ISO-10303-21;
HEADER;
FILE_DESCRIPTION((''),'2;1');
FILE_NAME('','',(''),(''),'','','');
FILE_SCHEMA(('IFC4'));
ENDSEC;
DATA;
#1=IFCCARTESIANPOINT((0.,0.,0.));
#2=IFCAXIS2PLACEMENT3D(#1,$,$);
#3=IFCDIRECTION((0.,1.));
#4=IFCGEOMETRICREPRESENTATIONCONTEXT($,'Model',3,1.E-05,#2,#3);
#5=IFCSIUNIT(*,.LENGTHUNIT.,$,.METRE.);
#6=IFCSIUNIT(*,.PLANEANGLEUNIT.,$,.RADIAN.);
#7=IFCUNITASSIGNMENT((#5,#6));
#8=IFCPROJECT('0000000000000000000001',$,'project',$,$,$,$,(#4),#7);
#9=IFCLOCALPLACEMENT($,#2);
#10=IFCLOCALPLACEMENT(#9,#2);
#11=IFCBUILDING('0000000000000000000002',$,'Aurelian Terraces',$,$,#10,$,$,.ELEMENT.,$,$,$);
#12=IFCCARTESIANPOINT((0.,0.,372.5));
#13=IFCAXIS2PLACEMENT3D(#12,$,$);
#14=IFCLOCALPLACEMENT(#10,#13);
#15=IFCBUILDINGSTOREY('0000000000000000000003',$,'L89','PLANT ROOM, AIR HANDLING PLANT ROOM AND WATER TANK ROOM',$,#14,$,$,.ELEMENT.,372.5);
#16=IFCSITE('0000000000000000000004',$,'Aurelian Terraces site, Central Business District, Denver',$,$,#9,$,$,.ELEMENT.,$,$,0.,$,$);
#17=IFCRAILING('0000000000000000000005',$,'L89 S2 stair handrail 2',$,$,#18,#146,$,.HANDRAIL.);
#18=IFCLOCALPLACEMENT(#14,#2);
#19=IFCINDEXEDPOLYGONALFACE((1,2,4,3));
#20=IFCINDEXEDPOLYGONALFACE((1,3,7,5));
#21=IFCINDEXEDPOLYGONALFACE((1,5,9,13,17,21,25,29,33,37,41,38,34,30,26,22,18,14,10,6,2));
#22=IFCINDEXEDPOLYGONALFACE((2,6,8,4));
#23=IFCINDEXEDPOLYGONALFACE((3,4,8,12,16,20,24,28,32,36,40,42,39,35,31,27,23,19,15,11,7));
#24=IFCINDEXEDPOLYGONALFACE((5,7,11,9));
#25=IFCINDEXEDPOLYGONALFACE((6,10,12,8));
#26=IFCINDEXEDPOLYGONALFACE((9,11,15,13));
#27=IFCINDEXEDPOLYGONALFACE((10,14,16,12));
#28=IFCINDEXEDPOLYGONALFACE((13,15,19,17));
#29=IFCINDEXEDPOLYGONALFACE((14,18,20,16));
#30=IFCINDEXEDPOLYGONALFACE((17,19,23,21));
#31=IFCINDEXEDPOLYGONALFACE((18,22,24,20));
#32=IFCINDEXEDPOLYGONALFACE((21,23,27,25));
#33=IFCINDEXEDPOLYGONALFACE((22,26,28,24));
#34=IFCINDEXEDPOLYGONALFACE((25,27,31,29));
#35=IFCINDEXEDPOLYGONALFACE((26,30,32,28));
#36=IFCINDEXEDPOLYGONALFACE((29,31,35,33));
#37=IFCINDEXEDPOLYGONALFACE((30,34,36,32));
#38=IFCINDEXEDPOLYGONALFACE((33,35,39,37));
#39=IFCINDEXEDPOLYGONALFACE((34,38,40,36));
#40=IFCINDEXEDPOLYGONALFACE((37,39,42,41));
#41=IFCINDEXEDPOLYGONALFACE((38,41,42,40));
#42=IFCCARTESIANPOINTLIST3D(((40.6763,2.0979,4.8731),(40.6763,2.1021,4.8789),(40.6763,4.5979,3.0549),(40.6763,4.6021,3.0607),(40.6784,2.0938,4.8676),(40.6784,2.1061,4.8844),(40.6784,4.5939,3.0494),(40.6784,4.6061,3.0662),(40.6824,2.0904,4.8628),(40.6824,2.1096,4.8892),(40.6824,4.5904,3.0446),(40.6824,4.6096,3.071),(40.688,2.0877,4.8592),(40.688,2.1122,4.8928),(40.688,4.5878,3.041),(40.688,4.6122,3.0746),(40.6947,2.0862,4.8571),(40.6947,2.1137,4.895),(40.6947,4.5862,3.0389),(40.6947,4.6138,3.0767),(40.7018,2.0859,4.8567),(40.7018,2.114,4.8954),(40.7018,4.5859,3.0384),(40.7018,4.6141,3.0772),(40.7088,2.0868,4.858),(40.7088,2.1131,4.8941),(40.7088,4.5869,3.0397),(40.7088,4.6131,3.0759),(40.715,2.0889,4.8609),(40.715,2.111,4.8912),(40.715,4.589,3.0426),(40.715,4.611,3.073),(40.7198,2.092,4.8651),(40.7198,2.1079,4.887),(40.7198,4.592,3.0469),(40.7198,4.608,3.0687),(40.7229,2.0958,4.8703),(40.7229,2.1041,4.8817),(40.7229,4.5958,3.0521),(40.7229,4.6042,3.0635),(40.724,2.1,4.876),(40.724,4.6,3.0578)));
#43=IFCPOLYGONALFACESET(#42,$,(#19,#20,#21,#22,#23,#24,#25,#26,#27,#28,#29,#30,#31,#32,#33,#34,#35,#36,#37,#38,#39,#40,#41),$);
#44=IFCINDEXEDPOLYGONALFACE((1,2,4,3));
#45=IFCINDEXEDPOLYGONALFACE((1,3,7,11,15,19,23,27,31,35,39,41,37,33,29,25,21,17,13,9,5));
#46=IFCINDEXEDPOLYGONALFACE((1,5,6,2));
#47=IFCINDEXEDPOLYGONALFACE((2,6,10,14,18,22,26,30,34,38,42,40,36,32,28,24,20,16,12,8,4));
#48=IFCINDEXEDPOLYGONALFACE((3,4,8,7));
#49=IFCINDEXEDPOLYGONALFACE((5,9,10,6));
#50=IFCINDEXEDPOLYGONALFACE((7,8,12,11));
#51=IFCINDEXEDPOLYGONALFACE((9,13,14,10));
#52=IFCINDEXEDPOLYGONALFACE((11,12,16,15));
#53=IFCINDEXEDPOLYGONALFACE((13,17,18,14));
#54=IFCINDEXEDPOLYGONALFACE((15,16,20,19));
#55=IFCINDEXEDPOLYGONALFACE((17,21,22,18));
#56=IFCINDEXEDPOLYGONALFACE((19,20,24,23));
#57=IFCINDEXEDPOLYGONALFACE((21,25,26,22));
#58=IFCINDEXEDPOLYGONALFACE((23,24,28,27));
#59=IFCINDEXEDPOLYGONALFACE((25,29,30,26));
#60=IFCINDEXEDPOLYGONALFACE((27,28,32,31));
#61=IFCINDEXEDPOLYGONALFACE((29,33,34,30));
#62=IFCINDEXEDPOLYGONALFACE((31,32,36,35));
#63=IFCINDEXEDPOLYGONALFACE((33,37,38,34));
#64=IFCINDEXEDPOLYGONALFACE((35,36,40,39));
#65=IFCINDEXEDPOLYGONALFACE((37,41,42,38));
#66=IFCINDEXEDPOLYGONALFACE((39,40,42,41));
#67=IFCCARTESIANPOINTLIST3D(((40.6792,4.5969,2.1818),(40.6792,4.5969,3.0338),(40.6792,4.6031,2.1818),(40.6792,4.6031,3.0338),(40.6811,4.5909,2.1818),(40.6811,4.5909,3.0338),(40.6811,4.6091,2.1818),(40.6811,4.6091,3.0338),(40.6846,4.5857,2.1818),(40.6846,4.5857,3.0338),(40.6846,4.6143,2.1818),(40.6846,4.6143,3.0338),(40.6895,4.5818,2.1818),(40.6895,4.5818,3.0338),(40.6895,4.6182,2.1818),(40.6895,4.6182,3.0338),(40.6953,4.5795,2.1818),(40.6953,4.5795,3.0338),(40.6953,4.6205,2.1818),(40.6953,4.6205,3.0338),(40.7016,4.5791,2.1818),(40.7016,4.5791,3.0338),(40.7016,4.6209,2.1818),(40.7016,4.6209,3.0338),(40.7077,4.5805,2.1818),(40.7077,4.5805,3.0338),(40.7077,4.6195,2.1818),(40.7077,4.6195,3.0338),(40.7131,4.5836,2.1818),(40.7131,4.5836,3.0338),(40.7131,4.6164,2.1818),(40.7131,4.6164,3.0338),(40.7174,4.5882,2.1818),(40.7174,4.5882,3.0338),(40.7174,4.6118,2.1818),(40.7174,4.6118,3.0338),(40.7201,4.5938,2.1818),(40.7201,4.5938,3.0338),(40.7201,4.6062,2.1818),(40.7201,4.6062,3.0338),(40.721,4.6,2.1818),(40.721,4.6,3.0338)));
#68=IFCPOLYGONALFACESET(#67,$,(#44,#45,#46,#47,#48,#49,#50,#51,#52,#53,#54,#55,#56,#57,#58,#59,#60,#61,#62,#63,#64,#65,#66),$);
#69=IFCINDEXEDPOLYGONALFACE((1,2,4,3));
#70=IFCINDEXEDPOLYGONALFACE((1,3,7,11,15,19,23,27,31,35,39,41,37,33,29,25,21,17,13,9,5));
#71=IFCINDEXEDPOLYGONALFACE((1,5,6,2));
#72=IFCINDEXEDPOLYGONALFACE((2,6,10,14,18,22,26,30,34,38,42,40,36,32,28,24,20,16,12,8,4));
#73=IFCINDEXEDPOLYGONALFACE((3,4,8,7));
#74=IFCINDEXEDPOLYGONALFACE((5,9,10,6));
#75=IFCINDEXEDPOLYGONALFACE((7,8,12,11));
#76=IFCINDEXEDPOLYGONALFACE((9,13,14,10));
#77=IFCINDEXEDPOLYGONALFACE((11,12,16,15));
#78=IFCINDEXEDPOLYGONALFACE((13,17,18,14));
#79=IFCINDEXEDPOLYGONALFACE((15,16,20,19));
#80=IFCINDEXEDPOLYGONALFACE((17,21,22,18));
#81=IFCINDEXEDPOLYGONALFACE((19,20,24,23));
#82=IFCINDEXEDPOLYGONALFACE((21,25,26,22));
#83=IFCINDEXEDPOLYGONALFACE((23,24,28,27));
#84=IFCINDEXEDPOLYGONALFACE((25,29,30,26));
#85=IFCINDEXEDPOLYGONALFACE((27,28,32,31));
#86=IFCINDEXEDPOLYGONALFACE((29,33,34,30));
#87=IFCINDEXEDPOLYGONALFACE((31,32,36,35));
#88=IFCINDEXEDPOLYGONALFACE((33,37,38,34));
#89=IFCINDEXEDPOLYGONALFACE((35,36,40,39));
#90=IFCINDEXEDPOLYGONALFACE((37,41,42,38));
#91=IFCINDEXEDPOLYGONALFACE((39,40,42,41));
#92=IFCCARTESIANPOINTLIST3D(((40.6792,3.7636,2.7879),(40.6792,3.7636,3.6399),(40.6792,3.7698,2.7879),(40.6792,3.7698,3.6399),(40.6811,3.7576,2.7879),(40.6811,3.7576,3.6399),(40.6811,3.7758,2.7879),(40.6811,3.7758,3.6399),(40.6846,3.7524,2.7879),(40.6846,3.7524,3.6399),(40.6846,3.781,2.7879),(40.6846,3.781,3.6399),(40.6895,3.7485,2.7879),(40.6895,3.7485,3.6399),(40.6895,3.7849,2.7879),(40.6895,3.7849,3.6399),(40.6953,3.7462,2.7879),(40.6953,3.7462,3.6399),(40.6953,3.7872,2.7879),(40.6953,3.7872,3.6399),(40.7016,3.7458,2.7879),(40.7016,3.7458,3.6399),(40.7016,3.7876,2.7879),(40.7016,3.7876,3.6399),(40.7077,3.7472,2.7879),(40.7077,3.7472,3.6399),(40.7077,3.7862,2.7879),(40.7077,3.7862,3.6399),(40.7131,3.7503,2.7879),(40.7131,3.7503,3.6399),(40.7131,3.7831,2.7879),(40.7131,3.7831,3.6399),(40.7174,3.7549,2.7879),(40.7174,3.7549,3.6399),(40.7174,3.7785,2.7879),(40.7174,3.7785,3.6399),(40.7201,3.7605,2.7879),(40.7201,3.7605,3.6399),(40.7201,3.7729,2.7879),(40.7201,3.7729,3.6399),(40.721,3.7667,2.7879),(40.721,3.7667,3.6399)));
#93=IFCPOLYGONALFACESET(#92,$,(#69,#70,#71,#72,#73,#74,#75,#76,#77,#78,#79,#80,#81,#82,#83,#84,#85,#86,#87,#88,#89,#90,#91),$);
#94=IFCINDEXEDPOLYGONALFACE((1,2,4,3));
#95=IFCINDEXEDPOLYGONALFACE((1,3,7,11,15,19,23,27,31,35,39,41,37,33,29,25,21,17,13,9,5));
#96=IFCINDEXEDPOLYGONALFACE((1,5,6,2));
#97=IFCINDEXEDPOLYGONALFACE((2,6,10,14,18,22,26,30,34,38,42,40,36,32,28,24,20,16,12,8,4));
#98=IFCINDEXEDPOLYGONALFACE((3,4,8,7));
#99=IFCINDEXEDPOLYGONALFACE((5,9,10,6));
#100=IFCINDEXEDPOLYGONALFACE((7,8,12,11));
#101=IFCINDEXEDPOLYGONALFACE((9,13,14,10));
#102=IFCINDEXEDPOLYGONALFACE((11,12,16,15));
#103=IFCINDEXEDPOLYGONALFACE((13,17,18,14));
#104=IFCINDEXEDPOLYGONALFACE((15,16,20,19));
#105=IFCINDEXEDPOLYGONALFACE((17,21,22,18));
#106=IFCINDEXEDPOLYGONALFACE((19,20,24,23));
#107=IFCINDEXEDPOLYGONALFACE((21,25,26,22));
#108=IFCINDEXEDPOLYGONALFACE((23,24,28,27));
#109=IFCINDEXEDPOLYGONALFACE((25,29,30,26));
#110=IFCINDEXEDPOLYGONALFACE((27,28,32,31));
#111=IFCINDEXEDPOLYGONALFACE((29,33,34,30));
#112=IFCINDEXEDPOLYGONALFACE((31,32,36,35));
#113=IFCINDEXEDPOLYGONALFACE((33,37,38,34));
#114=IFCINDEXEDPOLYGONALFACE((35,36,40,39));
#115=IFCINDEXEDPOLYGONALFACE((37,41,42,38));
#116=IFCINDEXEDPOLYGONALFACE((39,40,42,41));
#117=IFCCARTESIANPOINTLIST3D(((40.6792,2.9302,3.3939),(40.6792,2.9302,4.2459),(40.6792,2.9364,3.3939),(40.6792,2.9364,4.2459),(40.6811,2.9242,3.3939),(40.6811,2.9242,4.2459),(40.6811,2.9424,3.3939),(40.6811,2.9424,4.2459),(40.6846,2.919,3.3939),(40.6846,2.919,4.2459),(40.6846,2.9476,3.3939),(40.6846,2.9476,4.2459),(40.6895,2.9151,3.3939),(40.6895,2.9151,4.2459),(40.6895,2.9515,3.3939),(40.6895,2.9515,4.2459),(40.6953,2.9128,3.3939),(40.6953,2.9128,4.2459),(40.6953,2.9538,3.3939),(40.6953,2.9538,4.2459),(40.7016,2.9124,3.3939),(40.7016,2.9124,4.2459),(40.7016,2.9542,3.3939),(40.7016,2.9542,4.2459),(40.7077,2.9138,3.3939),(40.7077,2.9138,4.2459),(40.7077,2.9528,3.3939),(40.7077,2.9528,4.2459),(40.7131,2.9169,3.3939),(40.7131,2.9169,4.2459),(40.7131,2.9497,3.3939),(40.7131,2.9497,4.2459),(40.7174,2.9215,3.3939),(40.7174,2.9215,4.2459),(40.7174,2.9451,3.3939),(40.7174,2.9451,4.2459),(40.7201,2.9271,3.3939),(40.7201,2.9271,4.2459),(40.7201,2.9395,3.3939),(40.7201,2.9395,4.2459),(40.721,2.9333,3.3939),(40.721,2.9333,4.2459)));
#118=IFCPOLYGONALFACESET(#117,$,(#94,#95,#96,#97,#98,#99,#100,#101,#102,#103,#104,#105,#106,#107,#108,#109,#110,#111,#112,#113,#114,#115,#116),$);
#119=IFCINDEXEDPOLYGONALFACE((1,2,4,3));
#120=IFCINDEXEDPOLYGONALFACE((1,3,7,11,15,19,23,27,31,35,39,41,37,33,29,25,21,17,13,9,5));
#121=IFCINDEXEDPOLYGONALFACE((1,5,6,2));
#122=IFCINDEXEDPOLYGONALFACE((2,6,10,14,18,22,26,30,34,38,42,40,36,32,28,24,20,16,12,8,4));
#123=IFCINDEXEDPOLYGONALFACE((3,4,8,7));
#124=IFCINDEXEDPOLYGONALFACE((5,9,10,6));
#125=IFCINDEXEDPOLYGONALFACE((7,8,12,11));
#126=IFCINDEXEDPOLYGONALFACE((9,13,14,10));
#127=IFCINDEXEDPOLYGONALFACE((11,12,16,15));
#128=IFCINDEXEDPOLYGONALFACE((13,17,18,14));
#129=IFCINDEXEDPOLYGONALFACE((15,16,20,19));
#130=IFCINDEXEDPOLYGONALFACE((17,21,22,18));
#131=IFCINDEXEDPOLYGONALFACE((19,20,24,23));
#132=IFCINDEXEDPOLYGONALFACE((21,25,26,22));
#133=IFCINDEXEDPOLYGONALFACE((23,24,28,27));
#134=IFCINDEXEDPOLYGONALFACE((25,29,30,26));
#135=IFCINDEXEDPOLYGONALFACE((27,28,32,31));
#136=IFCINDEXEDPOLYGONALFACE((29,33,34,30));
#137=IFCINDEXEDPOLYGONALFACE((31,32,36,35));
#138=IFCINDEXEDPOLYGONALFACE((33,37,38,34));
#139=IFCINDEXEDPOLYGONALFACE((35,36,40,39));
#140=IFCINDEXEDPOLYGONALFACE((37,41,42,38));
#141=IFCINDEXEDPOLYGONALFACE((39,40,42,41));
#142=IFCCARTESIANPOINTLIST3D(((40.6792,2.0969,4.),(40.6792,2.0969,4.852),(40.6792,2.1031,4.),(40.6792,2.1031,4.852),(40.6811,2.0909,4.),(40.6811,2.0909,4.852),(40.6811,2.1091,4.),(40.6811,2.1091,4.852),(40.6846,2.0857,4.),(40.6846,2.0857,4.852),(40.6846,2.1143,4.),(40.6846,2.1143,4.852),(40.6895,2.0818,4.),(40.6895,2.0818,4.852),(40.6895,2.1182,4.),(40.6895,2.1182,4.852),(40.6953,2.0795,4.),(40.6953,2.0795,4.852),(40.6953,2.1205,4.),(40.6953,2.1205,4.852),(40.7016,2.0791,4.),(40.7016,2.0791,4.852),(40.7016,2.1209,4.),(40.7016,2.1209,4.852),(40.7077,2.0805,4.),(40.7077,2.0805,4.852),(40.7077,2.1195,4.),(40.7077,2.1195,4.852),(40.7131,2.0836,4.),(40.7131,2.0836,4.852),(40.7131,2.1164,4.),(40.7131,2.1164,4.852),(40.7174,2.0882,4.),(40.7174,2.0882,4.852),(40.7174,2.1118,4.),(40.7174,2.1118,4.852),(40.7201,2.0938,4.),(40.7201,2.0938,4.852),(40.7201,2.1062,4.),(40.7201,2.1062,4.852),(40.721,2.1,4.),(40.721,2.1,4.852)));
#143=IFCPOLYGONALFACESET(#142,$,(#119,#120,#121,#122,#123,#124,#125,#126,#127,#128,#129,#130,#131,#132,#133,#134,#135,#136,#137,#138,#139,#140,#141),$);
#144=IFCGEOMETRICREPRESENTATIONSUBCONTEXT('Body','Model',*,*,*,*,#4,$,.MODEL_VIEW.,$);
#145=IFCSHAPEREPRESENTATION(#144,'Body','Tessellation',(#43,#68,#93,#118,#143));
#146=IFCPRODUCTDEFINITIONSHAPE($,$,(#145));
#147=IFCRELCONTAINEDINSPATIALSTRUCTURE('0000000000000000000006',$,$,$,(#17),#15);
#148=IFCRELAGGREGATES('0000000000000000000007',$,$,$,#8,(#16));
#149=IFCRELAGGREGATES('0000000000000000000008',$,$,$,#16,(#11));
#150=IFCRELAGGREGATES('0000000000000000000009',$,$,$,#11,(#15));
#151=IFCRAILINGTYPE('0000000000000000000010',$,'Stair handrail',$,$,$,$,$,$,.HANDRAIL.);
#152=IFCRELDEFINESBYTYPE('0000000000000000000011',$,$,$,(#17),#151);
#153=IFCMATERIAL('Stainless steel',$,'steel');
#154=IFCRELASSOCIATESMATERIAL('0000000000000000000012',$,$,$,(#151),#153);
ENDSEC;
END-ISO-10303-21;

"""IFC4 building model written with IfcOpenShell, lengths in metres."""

from ifc_helpers import new_model, si_unit, direction, frame, origin, origin_2d, place, context, subcontext, project, spatial, circle, extrude, source, transform, mapped, material, type_object, element, save


model = new_model("IFC4")

# Units and contexts
model_context = context("Model", 3, precision=1e-05, world=origin(), true_north=direction((0.0, 1.0)))
body_context = subcontext(model_context, "Body", "Model", "MODEL_VIEW")
ifc_project = project(units=[si_unit("LENGTHUNIT", "METRE"), si_unit("PLANEANGLEUNIT", "RADIAN")], contexts=[model_context])

# Site, building, storey
site_placement = place(None, origin())
site = spatial("IfcSite", under=ifc_project, at=site_placement, Name="Aurelian Terraces site, Central Business District, Denver", CompositionType="ELEMENT", RefElevation=0.0)
building_placement = place(site_placement, origin())
building = spatial("IfcBuilding", under=site, at=building_placement, Name="Aurelian Terraces", CompositionType="ELEMENT")
storey_placement = place(building_placement, frame((0.0, 0.0, 372.5)))
storey = spatial("IfcBuildingStorey", under=building, at=storey_placement, Name="L89", Description="PLANT ROOM, AIR HANDLING PLANT ROOM AND WATER TANK ROOM", CompositionType="ELEMENT", Elevation=372.5)

# Shared definitions
ifc_material_1 = material(Name="Stainless steel", Category="steel")

# Railing
railing_type_1 = type_object("IfcRailingType", Name="Stair handrail", PredefinedType="HANDRAIL", material=ifc_material_1)
shared_shape_1 = source(origin(), body_context, "Body", "SweptSolid", [
    extrude(circle(Radius=0.024, at=origin_2d()), frame((0.0, 0.0, 0.876), z_axis=(0.0, -0.808733, 0.588176), x_axis=(1.0, 0.0, 0.0)), (0.0, 0.0, 1.0), 3.0913),
    extrude(circle(Radius=0.021, at=origin_2d()), origin(), (0.0, 0.0, 1.0), 0.852),
    extrude(circle(Radius=0.021, at=origin_2d()), frame((0.0, -0.8333, 0.6061)), (0.0, 0.0, 1.0), 0.852),
    extrude(circle(Radius=0.021, at=origin_2d()), frame((0.0, -1.6667, 1.2121)), (0.0, 0.0, 1.0), 0.852),
    extrude(circle(Radius=0.021, at=origin_2d()), frame((0.0, -2.5, 1.8182)), (0.0, 0.0, 1.0), 0.852),
])
railing_1_placement = place(storey_placement, frame((40.7, 4.6, 2.1818)))
element("IfcRailing", 1, at=railing_1_placement, inside=storey, type_object=railing_type_1, Name="L89 S2 stair handrail 2", PredefinedType="HANDRAIL", context=body_context, shape_type="MappedRepresentation", body=[
    mapped(shared_shape_1, transform((0.0, 0.0, 0.0), scale=1.0)),
])

save(model, "model.ifc")
